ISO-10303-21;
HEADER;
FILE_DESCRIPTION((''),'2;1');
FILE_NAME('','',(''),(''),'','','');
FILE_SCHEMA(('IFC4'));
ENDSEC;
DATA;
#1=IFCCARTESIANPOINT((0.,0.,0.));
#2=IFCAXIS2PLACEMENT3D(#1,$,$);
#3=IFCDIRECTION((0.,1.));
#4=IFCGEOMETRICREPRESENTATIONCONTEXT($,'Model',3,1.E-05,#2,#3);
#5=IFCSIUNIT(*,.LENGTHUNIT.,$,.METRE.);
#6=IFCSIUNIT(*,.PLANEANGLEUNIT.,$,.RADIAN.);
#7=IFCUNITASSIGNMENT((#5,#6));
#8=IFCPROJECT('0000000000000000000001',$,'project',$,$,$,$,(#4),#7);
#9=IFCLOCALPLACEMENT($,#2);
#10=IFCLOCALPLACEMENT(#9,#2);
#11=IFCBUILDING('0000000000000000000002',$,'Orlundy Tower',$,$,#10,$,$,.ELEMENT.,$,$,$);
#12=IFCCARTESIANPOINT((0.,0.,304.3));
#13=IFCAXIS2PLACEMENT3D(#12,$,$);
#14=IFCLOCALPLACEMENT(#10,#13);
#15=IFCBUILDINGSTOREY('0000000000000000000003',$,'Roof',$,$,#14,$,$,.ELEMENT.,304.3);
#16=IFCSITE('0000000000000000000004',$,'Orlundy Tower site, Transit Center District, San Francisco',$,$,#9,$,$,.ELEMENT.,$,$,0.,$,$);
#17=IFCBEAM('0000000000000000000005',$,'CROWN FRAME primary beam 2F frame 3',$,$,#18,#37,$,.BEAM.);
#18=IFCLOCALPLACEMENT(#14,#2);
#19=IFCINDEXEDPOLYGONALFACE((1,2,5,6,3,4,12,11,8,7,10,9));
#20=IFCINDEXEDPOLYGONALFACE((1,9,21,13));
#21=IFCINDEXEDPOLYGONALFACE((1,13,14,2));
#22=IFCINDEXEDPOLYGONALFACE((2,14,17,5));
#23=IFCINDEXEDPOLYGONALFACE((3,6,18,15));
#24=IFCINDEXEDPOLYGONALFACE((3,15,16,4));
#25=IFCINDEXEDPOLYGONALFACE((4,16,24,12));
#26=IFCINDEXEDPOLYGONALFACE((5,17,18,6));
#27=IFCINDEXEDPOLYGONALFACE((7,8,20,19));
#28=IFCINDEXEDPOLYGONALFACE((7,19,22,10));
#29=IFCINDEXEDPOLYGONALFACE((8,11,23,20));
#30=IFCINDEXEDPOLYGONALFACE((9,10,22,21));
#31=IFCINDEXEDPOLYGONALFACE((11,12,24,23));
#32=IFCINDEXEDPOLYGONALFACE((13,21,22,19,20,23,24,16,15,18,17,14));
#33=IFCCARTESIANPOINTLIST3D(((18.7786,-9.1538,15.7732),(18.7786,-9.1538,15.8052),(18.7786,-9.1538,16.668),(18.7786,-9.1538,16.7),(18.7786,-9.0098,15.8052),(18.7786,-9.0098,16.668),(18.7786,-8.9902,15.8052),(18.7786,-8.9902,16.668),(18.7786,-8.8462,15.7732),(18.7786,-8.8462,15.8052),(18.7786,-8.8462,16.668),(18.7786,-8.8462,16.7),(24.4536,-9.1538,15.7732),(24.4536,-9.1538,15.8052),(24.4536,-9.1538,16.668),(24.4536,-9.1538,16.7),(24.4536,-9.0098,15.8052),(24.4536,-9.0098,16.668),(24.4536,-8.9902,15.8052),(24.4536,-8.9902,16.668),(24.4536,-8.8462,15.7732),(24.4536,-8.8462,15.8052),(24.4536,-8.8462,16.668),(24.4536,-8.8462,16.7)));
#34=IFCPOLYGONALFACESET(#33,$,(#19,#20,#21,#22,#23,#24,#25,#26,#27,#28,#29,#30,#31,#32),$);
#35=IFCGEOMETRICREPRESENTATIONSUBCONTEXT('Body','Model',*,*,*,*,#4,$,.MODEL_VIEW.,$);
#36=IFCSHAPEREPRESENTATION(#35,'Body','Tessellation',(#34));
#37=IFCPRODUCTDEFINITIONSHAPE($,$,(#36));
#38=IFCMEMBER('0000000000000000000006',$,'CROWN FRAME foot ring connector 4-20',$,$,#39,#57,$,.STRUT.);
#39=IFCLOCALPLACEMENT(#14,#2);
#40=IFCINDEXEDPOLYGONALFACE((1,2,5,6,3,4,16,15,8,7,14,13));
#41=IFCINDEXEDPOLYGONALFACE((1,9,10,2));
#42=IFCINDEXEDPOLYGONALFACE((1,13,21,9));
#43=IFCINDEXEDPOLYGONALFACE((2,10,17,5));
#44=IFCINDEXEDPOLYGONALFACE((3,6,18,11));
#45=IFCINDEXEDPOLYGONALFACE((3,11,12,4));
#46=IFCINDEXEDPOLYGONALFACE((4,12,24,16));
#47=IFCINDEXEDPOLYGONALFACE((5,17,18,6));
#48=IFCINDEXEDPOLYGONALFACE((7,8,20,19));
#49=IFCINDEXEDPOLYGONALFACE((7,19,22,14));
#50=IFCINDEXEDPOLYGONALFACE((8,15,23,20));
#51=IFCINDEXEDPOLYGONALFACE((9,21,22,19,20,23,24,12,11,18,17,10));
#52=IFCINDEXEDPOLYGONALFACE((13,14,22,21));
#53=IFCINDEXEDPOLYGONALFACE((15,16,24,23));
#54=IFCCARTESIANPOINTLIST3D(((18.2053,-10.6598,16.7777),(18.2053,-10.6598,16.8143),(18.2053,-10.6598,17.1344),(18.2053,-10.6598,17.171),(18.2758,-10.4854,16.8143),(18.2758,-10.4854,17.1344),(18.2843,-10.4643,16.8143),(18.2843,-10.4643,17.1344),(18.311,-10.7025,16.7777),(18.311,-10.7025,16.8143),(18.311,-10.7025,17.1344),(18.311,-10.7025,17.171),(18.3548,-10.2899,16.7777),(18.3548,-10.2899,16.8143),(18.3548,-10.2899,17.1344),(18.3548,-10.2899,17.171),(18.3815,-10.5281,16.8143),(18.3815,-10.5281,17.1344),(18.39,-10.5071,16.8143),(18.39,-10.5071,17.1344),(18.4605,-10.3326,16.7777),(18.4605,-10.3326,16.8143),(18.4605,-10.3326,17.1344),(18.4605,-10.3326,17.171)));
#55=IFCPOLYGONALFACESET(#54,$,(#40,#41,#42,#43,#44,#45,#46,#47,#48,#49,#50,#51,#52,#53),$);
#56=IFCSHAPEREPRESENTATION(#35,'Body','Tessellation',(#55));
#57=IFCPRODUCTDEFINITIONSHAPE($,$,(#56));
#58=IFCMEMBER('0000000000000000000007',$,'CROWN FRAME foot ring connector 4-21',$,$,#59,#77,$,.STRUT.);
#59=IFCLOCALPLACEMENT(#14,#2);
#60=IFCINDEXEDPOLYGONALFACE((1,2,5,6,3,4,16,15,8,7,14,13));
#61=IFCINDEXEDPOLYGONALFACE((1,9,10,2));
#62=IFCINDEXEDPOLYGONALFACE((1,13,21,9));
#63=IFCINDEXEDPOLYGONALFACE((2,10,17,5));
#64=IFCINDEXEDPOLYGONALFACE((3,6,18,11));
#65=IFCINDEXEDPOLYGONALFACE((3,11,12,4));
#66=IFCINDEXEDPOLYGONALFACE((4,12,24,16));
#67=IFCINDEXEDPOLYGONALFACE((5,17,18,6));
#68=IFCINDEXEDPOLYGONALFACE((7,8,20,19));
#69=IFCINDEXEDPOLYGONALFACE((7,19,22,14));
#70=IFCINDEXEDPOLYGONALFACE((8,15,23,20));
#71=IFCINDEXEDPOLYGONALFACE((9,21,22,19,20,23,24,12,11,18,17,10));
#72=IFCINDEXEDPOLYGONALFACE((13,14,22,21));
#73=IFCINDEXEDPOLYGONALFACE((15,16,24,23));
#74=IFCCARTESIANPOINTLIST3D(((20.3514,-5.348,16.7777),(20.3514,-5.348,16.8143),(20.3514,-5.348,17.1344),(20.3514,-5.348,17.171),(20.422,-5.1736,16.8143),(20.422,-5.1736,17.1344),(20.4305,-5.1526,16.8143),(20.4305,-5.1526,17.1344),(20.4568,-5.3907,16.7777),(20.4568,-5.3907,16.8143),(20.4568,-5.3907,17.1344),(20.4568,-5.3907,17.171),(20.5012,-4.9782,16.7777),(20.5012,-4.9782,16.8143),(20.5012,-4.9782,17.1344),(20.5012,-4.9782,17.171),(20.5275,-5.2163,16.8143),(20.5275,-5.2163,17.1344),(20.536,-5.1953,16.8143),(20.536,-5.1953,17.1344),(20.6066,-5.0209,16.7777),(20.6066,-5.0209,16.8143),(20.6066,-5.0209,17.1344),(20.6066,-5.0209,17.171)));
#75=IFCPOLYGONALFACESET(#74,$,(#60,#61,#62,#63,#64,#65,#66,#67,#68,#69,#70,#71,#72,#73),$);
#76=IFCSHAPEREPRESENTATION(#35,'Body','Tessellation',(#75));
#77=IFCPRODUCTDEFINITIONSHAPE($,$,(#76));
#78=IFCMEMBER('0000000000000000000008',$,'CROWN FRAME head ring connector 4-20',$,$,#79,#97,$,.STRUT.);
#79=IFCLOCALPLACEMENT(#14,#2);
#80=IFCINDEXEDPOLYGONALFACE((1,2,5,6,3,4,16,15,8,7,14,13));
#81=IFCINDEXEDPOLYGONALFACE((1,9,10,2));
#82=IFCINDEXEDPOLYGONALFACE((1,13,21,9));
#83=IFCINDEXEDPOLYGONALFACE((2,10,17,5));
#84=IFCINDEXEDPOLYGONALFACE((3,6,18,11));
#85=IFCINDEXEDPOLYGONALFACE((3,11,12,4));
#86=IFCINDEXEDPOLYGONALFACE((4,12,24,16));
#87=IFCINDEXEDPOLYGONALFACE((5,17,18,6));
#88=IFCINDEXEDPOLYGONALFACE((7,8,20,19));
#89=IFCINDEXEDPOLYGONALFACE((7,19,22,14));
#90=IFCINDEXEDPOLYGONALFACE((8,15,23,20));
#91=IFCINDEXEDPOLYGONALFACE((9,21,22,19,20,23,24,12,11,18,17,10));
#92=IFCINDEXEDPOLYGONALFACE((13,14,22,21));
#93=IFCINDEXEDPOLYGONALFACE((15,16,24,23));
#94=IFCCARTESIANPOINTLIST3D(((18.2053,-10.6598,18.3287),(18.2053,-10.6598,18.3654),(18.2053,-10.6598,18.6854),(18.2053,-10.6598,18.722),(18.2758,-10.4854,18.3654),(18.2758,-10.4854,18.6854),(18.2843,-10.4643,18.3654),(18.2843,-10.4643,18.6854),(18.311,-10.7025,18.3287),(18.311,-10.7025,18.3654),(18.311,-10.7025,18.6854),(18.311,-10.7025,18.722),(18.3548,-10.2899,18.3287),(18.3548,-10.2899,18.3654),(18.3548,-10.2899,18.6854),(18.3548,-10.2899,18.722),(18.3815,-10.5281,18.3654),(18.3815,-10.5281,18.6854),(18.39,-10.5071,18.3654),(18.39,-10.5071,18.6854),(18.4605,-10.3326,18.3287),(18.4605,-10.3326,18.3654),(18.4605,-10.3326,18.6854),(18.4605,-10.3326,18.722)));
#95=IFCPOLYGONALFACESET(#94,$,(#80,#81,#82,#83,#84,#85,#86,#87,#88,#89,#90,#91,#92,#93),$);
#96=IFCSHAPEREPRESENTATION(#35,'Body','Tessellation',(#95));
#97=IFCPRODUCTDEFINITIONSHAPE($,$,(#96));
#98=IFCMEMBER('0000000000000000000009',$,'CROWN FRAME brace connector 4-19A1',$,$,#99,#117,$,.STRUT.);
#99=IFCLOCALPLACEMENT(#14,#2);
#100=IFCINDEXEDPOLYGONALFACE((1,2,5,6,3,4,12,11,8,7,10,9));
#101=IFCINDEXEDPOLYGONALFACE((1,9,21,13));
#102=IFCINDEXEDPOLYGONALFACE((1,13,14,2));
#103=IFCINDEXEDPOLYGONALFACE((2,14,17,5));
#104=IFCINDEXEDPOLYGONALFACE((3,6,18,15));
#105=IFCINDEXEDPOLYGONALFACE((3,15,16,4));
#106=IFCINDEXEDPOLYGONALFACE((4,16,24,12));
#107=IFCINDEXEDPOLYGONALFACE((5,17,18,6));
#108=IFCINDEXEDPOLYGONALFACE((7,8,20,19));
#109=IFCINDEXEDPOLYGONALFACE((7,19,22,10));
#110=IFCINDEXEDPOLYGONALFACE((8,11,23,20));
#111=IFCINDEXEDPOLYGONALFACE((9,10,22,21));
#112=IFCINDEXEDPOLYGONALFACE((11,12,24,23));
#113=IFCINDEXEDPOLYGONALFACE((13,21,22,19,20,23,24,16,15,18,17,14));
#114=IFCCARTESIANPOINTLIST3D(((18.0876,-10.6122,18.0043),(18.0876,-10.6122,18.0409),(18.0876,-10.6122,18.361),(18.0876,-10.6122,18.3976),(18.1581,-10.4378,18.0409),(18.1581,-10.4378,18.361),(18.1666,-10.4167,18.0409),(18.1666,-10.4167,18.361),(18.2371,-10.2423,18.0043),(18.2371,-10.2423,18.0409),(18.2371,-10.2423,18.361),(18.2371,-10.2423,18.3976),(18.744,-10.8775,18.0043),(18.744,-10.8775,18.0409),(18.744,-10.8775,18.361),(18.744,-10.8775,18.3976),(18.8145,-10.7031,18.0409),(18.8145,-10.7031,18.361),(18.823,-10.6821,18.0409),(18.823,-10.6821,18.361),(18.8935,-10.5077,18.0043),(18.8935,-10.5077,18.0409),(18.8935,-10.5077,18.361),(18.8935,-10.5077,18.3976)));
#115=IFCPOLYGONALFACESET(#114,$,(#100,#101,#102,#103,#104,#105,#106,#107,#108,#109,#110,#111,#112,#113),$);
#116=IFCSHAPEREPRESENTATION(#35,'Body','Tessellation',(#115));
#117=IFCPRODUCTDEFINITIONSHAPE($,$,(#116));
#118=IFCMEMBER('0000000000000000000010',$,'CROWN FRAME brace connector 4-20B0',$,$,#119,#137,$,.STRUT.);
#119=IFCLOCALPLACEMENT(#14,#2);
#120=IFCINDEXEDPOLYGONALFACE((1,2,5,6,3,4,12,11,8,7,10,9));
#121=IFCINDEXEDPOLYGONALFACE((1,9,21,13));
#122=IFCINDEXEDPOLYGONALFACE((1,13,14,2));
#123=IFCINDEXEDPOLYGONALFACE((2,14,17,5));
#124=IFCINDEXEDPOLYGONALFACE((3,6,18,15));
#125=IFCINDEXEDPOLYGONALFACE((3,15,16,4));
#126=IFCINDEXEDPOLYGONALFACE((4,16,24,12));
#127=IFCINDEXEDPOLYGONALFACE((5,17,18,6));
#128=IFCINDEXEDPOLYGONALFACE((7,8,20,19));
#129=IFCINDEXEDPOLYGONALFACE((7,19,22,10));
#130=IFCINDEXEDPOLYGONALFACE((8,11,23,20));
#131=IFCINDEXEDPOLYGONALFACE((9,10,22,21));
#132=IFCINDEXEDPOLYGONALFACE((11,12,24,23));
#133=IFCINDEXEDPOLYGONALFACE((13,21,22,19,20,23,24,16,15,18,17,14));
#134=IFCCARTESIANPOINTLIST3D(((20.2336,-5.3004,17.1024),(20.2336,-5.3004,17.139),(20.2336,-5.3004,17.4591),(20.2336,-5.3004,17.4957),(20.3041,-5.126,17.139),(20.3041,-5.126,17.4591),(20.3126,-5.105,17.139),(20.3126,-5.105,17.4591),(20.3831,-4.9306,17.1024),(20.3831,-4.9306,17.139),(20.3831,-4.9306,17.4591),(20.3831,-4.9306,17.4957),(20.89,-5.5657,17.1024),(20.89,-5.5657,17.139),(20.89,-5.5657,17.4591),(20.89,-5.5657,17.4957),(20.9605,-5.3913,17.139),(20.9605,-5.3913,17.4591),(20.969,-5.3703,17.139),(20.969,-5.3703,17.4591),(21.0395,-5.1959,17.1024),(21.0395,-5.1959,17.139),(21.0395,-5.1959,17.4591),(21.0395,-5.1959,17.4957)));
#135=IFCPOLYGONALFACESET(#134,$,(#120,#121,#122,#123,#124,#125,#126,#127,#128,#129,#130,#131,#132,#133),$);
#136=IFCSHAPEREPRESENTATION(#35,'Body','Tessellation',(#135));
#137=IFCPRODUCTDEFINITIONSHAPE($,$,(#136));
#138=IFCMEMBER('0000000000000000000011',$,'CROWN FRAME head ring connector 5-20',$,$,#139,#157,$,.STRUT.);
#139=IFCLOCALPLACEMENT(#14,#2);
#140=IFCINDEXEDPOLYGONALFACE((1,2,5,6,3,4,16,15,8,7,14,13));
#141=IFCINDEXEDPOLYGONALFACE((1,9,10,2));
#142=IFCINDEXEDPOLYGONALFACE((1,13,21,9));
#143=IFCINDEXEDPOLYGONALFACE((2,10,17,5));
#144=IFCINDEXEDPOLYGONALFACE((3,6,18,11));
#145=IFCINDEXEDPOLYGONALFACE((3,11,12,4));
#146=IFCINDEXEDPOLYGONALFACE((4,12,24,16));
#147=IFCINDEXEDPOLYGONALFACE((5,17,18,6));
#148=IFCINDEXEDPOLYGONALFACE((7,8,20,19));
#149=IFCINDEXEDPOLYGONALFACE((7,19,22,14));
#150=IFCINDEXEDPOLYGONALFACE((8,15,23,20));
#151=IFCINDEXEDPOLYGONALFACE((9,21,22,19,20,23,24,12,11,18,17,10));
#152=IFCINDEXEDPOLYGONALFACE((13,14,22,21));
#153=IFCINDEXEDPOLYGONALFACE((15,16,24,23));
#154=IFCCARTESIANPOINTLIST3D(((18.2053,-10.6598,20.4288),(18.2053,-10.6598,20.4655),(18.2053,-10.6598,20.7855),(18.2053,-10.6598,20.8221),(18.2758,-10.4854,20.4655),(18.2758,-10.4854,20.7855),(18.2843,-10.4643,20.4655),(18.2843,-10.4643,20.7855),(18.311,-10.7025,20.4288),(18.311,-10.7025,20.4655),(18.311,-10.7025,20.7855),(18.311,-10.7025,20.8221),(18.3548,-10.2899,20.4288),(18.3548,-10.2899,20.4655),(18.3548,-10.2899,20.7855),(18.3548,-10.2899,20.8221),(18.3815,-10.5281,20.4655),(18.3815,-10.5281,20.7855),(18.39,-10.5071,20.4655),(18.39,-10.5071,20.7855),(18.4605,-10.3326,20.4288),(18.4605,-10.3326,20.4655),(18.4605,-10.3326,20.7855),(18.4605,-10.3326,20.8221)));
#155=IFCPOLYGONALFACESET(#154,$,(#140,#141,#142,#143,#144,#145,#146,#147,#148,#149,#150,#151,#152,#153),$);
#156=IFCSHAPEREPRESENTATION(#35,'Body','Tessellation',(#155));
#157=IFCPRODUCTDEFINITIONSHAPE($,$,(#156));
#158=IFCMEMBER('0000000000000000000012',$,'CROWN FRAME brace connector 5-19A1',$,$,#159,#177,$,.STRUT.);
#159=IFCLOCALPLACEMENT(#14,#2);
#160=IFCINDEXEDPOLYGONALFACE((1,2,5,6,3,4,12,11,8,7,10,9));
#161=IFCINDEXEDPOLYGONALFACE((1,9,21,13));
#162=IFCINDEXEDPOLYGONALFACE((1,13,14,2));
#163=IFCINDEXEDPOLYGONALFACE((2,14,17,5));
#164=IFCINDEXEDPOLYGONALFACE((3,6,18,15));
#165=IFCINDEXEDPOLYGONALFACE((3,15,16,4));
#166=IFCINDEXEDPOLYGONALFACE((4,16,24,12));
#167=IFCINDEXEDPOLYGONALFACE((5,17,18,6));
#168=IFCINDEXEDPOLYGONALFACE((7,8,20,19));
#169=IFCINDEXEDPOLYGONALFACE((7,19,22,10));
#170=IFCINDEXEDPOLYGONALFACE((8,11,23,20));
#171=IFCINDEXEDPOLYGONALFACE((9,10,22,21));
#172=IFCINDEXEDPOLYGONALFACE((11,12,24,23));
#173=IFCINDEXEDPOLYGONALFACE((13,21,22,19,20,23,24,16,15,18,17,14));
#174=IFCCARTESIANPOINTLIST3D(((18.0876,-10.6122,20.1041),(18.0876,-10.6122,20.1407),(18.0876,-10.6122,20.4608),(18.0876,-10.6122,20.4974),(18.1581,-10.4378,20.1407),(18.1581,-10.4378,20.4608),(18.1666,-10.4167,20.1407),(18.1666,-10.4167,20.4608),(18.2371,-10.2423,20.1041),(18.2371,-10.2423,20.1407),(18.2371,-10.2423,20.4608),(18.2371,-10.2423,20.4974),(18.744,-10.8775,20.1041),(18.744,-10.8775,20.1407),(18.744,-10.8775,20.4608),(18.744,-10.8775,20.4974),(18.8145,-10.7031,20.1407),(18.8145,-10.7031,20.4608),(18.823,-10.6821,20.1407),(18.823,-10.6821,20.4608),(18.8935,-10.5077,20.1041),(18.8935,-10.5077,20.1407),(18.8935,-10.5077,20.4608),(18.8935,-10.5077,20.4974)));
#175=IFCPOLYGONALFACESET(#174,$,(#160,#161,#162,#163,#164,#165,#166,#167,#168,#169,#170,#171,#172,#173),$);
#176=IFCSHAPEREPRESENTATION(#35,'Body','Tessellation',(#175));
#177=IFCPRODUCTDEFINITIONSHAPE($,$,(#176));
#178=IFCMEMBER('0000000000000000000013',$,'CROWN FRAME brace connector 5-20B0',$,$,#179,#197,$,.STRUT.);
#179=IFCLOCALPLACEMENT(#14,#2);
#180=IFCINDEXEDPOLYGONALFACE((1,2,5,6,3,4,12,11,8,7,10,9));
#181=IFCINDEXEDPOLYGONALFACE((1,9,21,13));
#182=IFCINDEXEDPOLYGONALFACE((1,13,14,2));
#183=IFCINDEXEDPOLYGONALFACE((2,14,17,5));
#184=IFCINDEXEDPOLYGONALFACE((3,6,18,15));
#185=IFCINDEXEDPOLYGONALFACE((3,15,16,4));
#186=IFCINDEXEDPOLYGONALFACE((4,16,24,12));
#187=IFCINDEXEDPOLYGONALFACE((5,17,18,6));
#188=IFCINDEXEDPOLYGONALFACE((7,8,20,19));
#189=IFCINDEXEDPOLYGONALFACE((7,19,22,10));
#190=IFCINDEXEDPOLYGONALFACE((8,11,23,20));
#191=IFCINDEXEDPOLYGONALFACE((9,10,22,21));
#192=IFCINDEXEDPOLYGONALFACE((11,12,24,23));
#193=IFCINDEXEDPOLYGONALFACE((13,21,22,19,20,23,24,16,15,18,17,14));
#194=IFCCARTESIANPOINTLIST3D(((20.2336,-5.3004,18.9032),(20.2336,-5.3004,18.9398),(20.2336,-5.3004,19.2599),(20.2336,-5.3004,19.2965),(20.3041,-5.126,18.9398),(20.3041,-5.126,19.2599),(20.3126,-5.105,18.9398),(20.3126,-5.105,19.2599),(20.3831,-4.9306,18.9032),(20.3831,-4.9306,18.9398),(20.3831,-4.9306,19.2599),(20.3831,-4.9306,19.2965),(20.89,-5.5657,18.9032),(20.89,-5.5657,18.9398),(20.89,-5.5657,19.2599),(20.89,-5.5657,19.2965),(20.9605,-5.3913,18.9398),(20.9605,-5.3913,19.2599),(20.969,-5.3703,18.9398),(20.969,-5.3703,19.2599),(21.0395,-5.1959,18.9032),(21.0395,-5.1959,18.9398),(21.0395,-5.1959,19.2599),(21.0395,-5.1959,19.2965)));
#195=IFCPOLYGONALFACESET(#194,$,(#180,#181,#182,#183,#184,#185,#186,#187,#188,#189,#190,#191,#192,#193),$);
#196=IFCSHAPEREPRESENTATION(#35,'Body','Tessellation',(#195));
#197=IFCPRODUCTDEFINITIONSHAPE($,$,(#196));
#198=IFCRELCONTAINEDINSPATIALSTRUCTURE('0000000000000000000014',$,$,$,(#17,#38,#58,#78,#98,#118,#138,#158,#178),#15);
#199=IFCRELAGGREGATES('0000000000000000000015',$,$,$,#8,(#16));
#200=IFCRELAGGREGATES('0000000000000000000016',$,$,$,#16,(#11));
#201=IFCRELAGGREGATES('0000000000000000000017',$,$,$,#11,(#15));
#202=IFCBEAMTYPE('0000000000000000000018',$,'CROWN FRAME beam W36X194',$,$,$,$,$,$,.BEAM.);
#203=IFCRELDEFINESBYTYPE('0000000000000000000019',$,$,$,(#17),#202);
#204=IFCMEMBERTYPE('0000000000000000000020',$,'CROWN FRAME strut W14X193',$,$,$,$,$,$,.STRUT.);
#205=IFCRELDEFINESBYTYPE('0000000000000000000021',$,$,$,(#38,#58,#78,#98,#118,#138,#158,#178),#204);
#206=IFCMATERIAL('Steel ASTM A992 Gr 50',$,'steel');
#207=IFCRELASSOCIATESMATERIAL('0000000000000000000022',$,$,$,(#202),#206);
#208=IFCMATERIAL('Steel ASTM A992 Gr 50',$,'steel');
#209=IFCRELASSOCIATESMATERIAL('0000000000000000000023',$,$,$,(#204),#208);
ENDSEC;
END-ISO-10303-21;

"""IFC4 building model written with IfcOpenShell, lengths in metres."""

from ifc_helpers import new_model, si_unit, direction, frame, origin, origin_2d, place, context, subcontext, project, spatial, i_section, extrude, material, material_profile, profile_set, type_object, element, save


model = new_model("IFC4")

# Units and contexts
model_context = context("Model", 3, precision=1e-05, world=origin(), true_north=direction((0.0, 1.0)))
body_context = subcontext(model_context, "Body", "Model", "MODEL_VIEW")
ifc_project = project(units=[si_unit("LENGTHUNIT", "METRE"), si_unit("PLANEANGLEUNIT", "RADIAN")], contexts=[model_context])

# Site, building, storey
site_placement = place(None, origin())
site = spatial("IfcSite", under=ifc_project, at=site_placement, Name="Orlundy Tower site, Transit Center District, San Francisco", CompositionType="ELEMENT", RefElevation=0.0)
building_placement = place(site_placement, origin())
building = spatial("IfcBuilding", under=site, at=building_placement, Name="Orlundy Tower", CompositionType="ELEMENT")
storey_placement = place(building_placement, frame((0.0, 0.0, 304.3)))
storey = spatial("IfcBuildingStorey", under=building, at=storey_placement, Name="Roof", CompositionType="ELEMENT", Elevation=304.3)

# Beam
ifc_material_1 = material(Name="Steel ASTM A992 Gr 50", Category="steel")
ifc_material_profile_1 = material_profile(ifc_material_1, i_section(OverallWidth=0.3076, OverallDepth=0.9268, WebThickness=0.0195, FlangeThickness=0.032, at=origin_2d()), Name="W36X194")
ifc_profile_set_1 = profile_set([ifc_material_profile_1], Name="Steel ASTM A992 Gr 50")
beam_type_1 = type_object("IfcBeamType", Name="CROWN FRAME beam W36X194", PredefinedType="BEAM", material=ifc_profile_set_1)
beam_1_placement = place(storey_placement, frame((18.7786, -9.0, 16.2366), z_axis=(1.0, 0.0, 0.0), x_axis=(0.0, 1.0, 0.0)))
element("IfcBeam", 1, at=beam_1_placement, inside=storey, type_object=beam_type_1, Name="CROWN FRAME primary beam 2F frame 3", PredefinedType="BEAM", context=body_context, shape_type="SweptSolid", body=[
    extrude(i_section(OverallWidth=0.3076, OverallDepth=0.9268, WebThickness=0.0195, FlangeThickness=0.032, at=origin_2d()), origin(), (0.0, 0.0, 1.0), 5.675),
])

# Members
ifc_material_2 = material(Name="Steel ASTM A992 Gr 50", Category="steel")
ifc_material_profile_2 = material_profile(ifc_material_2, i_section(OverallWidth=0.3989, OverallDepth=0.3933, WebThickness=0.0227, FlangeThickness=0.0366, at=origin_2d()), Name="W14X193")
ifc_profile_set_2 = profile_set([ifc_material_profile_2], Name="Steel ASTM A992 Gr 50")
member_type = type_object("IfcMemberType", Name="CROWN FRAME strut W14X193", PredefinedType="STRUT", material=ifc_profile_set_2)
member_1_placement = place(storey_placement, frame((18.28, -10.4749, 16.9744), z_axis=(0.927142, -0.374711, 0.0), x_axis=(0.374711, 0.927142, 0.0)))
element("IfcMember", 2, at=member_1_placement, inside=storey, type_object=member_type, Name="CROWN FRAME foot ring connector 4-20", PredefinedType="STRUT", context=body_context, shape_type="SweptSolid", body=[
    extrude(i_section(OverallWidth=0.3989, OverallDepth=0.3933, WebThickness=0.0227, FlangeThickness=0.0366, at=origin_2d()), origin(), (0.0, 0.0, 1.0), 0.114),
])
member_2_placement = place(storey_placement, frame((20.4263, -5.1631, 16.9744), z_axis=(0.92684, -0.375456, 0.0), x_axis=(0.375456, 0.92684, 0.0)))
element("IfcMember", 3, at=member_2_placement, inside=storey, type_object=member_type, Name="CROWN FRAME foot ring connector 4-21", PredefinedType="STRUT", context=body_context, shape_type="SweptSolid", body=[
    extrude(i_section(OverallWidth=0.3989, OverallDepth=0.3933, WebThickness=0.0227, FlangeThickness=0.0366, at=origin_2d()), origin(), (0.0, 0.0, 1.0), 0.1138),
])
member_3_placement = place(storey_placement, frame((18.28, -10.4749, 18.5254), z_axis=(0.927142, -0.374711, 0.0), x_axis=(0.374711, 0.927142, 0.0)))
element("IfcMember", 4, at=member_3_placement, inside=storey, type_object=member_type, Name="CROWN FRAME head ring connector 4-20", PredefinedType="STRUT", context=body_context, shape_type="SweptSolid", body=[
    extrude(i_section(OverallWidth=0.3989, OverallDepth=0.3933, WebThickness=0.0227, FlangeThickness=0.0366, at=origin_2d()), origin(), (0.0, 0.0, 1.0), 0.114),
])
for number, where, z_axis, x_axis, name in (
    (5, (18.1624, -10.4272, 18.2009), (0.927115, -0.374777, 0.0), (0.374777, 0.927115, 0.0), "CROWN FRAME brace connector 4-19A1"),
    (6, (20.3083, -5.1155, 17.2991), (0.927115, -0.374777, 0.0), (0.374777, 0.927115, 0.0), "CROWN FRAME brace connector 4-20B0"),
):
    element("IfcMember", number, at=place(storey_placement, frame(where, z_axis=z_axis, x_axis=x_axis)), inside=storey, type_object=member_type, Name=name, PredefinedType="STRUT", context=body_context, shape_type="SweptSolid", body=[
        extrude(i_section(OverallWidth=0.3989, OverallDepth=0.3933, WebThickness=0.0227, FlangeThickness=0.0366, at=origin_2d()), origin(), (0.0, 0.0, 1.0), 0.708),
    ])
member_4_placement = place(storey_placement, frame((18.28, -10.4749, 20.6255), z_axis=(0.927142, -0.374711, 0.0), x_axis=(0.374711, 0.927142, 0.0)))
element("IfcMember", 7, at=member_4_placement, inside=storey, type_object=member_type, Name="CROWN FRAME head ring connector 5-20", PredefinedType="STRUT", context=body_context, shape_type="SweptSolid", body=[
    extrude(i_section(OverallWidth=0.3989, OverallDepth=0.3933, WebThickness=0.0227, FlangeThickness=0.0366, at=origin_2d()), origin(), (0.0, 0.0, 1.0), 0.114),
])
for number, where, z_axis, x_axis, name in (
    (8, (18.1624, -10.4272, 20.3008), (0.927115, -0.374777, 0.0), (0.374777, 0.927115, 0.0), "CROWN FRAME brace connector 5-19A1"),
    (9, (20.3083, -5.1155, 19.0999), (0.927115, -0.374777, 0.0), (0.374777, 0.927115, 0.0), "CROWN FRAME brace connector 5-20B0"),
):
    element("IfcMember", number, at=place(storey_placement, frame(where, z_axis=z_axis, x_axis=x_axis)), inside=storey, type_object=member_type, Name=name, PredefinedType="STRUT", context=body_context, shape_type="SweptSolid", body=[
        extrude(i_section(OverallWidth=0.3989, OverallDepth=0.3933, WebThickness=0.0227, FlangeThickness=0.0366, at=origin_2d()), origin(), (0.0, 0.0, 1.0), 0.708),
    ])

save(model, "model.ifc")
